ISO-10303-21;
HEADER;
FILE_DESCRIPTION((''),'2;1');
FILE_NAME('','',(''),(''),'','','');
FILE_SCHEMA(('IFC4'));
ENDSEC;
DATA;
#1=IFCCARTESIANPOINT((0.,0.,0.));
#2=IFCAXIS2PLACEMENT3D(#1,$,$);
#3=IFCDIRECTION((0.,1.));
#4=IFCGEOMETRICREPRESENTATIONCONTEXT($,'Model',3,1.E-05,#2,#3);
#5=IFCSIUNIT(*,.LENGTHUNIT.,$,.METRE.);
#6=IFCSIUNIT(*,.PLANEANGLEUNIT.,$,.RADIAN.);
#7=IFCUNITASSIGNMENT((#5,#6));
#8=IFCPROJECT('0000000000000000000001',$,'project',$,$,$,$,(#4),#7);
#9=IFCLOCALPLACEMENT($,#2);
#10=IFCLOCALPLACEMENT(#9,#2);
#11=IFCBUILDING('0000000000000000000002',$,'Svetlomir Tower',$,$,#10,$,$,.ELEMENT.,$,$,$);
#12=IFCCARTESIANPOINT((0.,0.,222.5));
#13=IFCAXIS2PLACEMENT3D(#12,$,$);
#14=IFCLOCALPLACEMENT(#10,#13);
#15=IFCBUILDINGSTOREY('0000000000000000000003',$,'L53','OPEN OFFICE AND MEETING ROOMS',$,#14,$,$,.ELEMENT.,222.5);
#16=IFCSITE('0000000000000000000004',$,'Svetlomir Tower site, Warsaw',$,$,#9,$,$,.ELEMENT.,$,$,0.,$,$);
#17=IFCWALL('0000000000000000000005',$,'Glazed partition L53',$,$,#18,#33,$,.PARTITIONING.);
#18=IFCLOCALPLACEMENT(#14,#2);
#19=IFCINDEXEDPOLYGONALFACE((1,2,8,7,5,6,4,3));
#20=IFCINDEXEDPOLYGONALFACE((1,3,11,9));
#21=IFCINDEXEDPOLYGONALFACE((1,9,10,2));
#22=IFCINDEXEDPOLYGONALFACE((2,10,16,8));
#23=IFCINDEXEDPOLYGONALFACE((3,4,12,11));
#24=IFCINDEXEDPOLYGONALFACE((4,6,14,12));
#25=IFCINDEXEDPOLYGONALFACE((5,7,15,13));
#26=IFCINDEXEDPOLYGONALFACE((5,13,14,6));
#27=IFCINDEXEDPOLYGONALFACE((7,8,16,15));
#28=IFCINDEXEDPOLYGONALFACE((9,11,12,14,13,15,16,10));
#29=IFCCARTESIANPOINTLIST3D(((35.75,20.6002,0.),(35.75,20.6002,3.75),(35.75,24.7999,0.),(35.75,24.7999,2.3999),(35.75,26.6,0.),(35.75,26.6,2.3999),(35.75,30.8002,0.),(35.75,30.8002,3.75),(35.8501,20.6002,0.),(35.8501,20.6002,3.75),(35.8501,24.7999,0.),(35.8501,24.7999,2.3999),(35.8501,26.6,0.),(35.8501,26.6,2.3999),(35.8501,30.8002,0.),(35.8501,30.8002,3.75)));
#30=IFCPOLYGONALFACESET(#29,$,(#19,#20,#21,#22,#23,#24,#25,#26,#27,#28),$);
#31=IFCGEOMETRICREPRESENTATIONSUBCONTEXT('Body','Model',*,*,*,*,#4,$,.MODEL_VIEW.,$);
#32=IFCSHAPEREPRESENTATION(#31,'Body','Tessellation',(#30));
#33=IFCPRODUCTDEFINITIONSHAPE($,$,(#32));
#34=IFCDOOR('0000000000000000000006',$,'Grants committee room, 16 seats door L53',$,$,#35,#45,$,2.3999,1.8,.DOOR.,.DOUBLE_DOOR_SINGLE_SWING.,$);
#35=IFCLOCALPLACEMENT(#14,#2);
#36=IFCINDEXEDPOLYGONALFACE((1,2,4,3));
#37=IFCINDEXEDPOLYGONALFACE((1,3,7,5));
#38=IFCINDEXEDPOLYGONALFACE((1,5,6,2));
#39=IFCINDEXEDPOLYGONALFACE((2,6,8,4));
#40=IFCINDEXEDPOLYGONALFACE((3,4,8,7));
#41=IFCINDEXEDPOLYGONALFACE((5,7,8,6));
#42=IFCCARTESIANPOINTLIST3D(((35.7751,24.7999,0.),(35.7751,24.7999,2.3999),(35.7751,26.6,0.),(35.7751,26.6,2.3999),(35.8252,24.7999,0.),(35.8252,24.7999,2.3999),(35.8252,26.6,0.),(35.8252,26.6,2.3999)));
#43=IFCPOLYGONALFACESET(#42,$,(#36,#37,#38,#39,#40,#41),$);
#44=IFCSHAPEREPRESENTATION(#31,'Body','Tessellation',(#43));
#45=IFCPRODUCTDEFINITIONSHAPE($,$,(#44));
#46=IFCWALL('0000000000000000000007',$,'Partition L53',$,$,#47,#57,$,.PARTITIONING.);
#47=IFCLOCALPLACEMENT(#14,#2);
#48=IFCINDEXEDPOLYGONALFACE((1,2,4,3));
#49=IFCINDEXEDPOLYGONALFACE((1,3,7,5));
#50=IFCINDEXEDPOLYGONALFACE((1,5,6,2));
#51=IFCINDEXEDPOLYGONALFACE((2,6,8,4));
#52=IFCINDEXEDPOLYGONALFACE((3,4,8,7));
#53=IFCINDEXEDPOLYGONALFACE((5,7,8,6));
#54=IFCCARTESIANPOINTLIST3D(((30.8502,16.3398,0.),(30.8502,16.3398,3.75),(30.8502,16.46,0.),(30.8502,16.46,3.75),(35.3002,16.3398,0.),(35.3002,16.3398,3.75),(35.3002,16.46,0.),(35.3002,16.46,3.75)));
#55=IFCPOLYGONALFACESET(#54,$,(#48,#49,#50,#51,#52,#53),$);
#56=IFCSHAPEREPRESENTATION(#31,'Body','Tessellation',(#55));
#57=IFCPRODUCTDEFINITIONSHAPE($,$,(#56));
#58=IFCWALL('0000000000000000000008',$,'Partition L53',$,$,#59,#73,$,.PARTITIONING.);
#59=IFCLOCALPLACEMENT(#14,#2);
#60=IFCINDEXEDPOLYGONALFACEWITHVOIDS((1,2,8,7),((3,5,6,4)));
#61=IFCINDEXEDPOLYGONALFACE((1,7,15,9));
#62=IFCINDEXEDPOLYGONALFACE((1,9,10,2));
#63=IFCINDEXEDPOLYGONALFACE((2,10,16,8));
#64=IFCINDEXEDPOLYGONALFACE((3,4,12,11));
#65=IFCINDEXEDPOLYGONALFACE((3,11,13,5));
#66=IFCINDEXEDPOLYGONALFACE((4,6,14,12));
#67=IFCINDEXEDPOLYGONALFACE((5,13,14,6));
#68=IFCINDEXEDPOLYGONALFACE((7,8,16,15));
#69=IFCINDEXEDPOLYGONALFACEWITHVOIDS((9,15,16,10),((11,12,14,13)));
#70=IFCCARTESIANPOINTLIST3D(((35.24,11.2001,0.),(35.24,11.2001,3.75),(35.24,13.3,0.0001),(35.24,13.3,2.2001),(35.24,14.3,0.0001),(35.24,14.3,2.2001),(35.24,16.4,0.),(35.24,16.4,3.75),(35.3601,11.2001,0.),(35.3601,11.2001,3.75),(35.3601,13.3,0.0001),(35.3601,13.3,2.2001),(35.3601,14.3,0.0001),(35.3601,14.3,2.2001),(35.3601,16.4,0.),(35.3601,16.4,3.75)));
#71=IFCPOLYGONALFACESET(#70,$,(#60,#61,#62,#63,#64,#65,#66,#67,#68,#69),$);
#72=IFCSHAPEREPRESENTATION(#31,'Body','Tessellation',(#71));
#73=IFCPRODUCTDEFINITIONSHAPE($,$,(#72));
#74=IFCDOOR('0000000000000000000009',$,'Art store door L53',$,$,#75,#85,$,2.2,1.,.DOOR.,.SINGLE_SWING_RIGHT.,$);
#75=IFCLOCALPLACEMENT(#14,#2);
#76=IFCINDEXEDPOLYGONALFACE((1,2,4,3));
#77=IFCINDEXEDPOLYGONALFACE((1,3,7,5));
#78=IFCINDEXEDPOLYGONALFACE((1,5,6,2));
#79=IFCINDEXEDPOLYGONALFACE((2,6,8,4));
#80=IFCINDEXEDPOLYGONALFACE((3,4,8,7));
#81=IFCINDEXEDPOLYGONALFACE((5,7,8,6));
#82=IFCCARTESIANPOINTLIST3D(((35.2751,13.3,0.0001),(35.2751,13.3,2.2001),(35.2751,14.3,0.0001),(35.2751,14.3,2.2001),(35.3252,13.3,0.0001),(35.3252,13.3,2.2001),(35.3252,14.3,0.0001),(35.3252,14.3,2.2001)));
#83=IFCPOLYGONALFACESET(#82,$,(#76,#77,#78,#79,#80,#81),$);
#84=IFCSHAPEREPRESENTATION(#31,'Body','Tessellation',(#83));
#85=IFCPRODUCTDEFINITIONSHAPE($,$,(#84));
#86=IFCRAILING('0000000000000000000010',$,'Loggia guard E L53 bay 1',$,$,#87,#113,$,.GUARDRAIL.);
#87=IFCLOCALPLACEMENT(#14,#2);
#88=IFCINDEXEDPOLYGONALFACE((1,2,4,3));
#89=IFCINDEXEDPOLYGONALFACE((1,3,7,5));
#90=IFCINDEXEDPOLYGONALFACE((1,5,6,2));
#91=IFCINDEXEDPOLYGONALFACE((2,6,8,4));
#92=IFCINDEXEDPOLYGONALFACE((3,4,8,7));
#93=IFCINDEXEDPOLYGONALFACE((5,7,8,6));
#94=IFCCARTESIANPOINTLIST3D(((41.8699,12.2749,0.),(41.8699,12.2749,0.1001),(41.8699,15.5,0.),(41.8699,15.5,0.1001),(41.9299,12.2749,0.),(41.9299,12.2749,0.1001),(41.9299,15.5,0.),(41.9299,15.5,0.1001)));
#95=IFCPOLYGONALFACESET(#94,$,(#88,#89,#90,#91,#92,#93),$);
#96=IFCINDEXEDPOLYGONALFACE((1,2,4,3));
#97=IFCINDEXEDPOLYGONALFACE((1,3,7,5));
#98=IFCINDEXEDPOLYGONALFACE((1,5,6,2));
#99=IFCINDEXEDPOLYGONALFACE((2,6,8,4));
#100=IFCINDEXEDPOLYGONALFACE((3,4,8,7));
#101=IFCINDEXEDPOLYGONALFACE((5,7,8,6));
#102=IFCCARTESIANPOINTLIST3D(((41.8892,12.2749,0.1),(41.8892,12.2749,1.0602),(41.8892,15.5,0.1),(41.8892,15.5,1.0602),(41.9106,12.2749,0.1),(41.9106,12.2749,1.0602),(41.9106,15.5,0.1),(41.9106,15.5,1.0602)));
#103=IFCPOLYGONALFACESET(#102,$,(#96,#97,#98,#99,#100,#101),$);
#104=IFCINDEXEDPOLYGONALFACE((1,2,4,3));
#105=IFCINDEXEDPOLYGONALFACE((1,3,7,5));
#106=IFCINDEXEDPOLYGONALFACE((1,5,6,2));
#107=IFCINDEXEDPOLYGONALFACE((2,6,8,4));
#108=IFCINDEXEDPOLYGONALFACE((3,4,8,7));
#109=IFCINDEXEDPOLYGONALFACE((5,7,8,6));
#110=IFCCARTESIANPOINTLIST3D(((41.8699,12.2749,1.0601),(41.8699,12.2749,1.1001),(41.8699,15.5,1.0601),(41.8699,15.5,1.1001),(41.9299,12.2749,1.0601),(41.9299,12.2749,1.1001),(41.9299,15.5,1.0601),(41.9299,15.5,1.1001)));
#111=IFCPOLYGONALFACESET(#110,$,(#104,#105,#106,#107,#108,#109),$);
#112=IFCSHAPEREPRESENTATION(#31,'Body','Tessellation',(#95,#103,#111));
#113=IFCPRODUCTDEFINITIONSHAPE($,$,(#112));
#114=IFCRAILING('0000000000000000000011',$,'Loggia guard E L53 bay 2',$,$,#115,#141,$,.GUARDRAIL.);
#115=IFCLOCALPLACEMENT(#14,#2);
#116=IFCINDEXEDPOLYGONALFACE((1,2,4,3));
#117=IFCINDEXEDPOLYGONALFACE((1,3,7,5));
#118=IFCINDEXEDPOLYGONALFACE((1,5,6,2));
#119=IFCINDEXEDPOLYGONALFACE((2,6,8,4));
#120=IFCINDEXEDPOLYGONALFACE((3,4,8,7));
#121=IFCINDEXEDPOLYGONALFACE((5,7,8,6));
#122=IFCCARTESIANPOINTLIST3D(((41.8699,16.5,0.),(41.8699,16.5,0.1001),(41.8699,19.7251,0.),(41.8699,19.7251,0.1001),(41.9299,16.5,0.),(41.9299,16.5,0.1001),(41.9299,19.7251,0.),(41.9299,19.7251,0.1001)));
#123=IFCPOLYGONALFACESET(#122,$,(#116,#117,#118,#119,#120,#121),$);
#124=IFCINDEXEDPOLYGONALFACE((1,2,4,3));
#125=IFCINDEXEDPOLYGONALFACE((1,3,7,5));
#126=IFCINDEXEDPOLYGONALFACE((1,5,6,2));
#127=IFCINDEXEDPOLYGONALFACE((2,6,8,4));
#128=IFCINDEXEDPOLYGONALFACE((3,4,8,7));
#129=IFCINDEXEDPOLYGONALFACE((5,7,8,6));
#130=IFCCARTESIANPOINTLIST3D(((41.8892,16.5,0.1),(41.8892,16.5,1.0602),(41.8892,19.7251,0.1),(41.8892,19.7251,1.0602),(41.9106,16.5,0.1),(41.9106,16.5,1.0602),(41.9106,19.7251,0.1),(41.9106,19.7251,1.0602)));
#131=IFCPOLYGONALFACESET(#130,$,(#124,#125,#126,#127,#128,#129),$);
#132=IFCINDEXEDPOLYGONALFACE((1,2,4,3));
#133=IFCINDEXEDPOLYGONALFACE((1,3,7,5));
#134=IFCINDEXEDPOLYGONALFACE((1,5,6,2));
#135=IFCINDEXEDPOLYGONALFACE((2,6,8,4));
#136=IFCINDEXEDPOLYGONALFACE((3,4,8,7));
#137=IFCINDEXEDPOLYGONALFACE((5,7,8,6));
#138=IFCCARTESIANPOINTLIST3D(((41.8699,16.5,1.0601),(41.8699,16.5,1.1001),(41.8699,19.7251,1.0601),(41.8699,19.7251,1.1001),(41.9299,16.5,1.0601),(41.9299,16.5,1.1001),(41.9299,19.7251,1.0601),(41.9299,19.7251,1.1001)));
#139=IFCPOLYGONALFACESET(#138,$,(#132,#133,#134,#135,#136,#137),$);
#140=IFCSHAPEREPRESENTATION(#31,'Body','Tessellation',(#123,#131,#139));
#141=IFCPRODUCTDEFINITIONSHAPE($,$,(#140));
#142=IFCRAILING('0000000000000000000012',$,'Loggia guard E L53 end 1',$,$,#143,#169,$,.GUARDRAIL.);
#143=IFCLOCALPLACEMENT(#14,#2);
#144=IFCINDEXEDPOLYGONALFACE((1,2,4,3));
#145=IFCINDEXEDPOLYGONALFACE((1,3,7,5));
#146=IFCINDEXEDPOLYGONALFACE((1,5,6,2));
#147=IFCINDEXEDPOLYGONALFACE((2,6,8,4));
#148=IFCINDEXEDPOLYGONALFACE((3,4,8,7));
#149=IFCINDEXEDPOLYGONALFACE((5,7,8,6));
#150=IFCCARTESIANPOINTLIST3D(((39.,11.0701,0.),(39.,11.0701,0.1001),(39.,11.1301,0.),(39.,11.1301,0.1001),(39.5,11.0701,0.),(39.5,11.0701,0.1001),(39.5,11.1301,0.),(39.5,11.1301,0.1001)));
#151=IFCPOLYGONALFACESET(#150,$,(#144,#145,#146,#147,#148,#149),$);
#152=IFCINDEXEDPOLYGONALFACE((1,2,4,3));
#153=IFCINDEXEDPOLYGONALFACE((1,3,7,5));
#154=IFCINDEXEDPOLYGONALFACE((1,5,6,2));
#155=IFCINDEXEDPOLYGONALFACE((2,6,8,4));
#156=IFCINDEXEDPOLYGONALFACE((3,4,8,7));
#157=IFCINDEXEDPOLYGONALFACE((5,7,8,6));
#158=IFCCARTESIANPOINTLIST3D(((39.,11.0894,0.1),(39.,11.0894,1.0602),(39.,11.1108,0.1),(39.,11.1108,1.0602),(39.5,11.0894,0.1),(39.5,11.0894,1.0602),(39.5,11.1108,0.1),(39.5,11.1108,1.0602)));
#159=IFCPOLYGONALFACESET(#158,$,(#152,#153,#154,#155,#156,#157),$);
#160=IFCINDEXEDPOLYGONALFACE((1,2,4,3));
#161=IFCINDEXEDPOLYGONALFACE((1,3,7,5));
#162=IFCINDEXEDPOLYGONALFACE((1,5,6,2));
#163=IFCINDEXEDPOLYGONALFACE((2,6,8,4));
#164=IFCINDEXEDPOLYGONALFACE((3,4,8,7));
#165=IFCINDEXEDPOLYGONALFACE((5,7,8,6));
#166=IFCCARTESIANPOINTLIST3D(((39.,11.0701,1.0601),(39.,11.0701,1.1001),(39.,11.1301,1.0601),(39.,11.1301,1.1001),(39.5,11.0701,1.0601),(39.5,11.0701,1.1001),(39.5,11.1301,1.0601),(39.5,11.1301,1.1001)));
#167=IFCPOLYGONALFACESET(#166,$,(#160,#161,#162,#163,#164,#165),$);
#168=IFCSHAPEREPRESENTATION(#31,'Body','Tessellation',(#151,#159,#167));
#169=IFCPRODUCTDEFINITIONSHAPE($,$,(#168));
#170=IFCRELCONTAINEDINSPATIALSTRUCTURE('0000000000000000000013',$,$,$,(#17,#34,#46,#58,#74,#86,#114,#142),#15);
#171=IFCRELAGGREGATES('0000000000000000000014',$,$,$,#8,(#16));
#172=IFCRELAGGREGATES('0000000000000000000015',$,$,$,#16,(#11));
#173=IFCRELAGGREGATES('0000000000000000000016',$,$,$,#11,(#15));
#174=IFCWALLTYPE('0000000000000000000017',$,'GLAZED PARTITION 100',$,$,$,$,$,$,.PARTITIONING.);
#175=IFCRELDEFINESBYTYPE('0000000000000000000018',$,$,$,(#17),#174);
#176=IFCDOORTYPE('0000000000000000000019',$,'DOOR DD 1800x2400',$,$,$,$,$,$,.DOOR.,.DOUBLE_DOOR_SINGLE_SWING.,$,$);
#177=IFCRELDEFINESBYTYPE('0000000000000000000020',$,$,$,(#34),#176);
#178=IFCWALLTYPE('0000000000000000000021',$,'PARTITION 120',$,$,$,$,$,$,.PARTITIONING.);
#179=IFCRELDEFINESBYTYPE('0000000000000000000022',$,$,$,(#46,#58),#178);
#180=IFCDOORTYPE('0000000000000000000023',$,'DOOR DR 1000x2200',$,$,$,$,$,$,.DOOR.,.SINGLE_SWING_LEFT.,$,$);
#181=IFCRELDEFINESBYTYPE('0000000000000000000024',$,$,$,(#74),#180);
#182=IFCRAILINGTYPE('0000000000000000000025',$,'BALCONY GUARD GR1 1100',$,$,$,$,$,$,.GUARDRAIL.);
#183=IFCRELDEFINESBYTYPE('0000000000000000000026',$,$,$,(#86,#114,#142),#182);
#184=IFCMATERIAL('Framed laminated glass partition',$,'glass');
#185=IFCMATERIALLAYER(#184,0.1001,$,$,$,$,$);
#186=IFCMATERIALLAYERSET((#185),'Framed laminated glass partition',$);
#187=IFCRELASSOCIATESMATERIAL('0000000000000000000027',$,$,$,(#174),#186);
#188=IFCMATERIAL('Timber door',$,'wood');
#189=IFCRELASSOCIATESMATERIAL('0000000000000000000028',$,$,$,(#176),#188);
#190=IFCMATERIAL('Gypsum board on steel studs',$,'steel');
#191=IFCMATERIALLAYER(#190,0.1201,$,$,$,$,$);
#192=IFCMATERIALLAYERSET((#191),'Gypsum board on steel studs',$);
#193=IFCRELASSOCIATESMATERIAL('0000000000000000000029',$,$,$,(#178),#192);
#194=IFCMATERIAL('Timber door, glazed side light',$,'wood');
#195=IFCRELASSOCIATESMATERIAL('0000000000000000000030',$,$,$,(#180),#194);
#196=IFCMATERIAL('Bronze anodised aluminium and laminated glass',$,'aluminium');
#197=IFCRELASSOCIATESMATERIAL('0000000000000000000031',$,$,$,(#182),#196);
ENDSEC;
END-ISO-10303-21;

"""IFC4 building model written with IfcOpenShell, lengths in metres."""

from ifc_helpers import new_model, si_unit, direction, frame, frame_2d, origin, origin_2d, place, context, subcontext, project, spatial, rectangle, extrude, material, layer, layer_set, type_object, element, fill, save


model = new_model("IFC4")

# Units and contexts
model_context = context("Model", 3, precision=1e-05, world=origin(), true_north=direction((0.0, 1.0)))
body_context = subcontext(model_context, "Body", "Model", "MODEL_VIEW")
ifc_project = project(units=[si_unit("LENGTHUNIT", "METRE"), si_unit("PLANEANGLEUNIT", "RADIAN")], contexts=[model_context])

# Site, building, storey
site_placement = place(None, origin())
site = spatial("IfcSite", under=ifc_project, at=site_placement, Name="Svetlomir Tower site, Warsaw", CompositionType="ELEMENT", RefElevation=0.0)
building_placement = place(site_placement, origin())
building = spatial("IfcBuilding", under=site, at=building_placement, Name="Svetlomir Tower", CompositionType="ELEMENT")
storey_placement = place(building_placement, frame((0.0, 0.0, 222.5)))
storey = spatial("IfcBuildingStorey", under=building, at=storey_placement, Name="L53", Description="OPEN OFFICE AND MEETING ROOMS", CompositionType="ELEMENT", Elevation=222.5)

# Shared definitions
ifc_material_1 = material(Name="Framed laminated glass partition", Category="glass")
ifc_layer_1 = layer(ifc_material_1, 0.1001)
ifc_layer_set_1 = layer_set([ifc_layer_1], Name="Framed laminated glass partition")
wall_type_1 = type_object("IfcWallType", Name="GLAZED PARTITION 100", PredefinedType="PARTITIONING", material=ifc_layer_set_1)

# Wall, opening, door
wall_1_placement = place(storey_placement, frame((35.8, 20.6001, 0.0), z_axis=(0.0, 0.0, 1.0), x_axis=(0.0, 1.0, 0.0)))
wall_1 = element("IfcWall", 1, at=wall_1_placement, inside=storey, type_object=wall_type_1, Name="Glazed partition L53", PredefinedType="PARTITIONING", context=body_context, shape_type="SweptSolid", body=[
    extrude(rectangle(XDim=10.2, YDim=0.1001, at=frame_2d((5.1001, 0.0))), origin(), (0.0, 0.0, 1.0), 3.75),
])
opening_1_placement = place(wall_1_placement, frame((4.2, 0.0, 0.0)))
opening_1 = element("IfcOpeningElement", 2, at=opening_1_placement, cuts=wall_1, PredefinedType="OPENING", context=body_context, shape_type="SweptSolid", body=[
    extrude(rectangle(XDim=1.8, YDim=2.3999, at=frame_2d((0.8999, 1.2))), frame((0.0, 0.0601, 0.0), z_axis=(0.0, -1.0, 0.0), x_axis=(1.0, 0.0, 0.0)), (0.0, 0.0, 1.0), 0.1201),
])
ifc_material_2 = material(Name="Timber door", Category="wood")
door_type_1 = type_object("IfcDoorType", Name="DOOR DD 1800x2400", OperationType="DOUBLE_DOOR_SINGLE_SWING", PredefinedType="DOOR", material=ifc_material_2)
door_1_placement = place(opening_1_placement, origin())
door_1 = element("IfcDoor", 3, at=door_1_placement, inside=storey, type_object=door_type_1, Name="Grants committee room, 16 seats door L53", OperationType="DOUBLE_DOOR_SINGLE_SWING", OverallHeight=2.3999, OverallWidth=1.8, PredefinedType="DOOR", context=body_context, shape_type="SweptSolid", body=[
    extrude(rectangle(XDim=1.8, YDim=2.3999, at=frame_2d((0.8999, 1.2))), frame((0.0, 0.0249, 0.0), z_axis=(0.0, -1.0, 0.0), x_axis=(1.0, 0.0, 0.0)), (0.0, 0.0, 1.0), 0.05),
])
fill(opening_1, door_1)

# Wall
ifc_material_3 = material(Name="Gypsum board on steel studs", Category="steel")
ifc_layer_2 = layer(ifc_material_3, 0.1201)
ifc_layer_set_2 = layer_set([ifc_layer_2], Name="Gypsum board on steel studs")
wall_type_2 = type_object("IfcWallType", Name="PARTITION 120", PredefinedType="PARTITIONING", material=ifc_layer_set_2)
wall_2_placement = place(storey_placement, frame((30.8501, 16.3999, 0.0), z_axis=(0.0, 0.0, 1.0), x_axis=(1.0, 0.0, 0.0)))
element("IfcWall", 4, at=wall_2_placement, inside=storey, type_object=wall_type_2, Name="Partition L53", PredefinedType="PARTITIONING", context=body_context, shape_type="SweptSolid", body=[
    extrude(rectangle(XDim=4.45, YDim=0.1201, at=frame_2d((2.2251, 0.0))), origin(), (0.0, 0.0, 1.0), 3.75),
])

# Wall, opening, door
wall_3_placement = place(storey_placement, frame((35.3, 11.2, 0.0), z_axis=(0.0, 0.0, 1.0), x_axis=(0.0, 1.0, 0.0)))
wall_3 = element("IfcWall", 5, at=wall_3_placement, inside=storey, type_object=wall_type_2, Name="Partition L53", PredefinedType="PARTITIONING", context=body_context, shape_type="SweptSolid", body=[
    extrude(rectangle(XDim=5.2, YDim=0.1201, at=frame_2d((2.6001, 0.0))), origin(), (0.0, 0.0, 1.0), 3.75),
])
opening_2_placement = place(wall_3_placement, frame((2.1001, 0.0, 0.0)))
opening_2 = element("IfcOpeningElement", 6, at=opening_2_placement, cuts=wall_3, PredefinedType="OPENING", context=body_context, shape_type="SweptSolid", body=[
    extrude(rectangle(XDim=1.0, YDim=2.2, at=frame_2d((0.5, 1.1001))), frame((0.0, 0.0701, 0.0), z_axis=(0.0, -1.0, 0.0), x_axis=(1.0, 0.0, 0.0)), (0.0, 0.0, 1.0), 0.1401),
])
ifc_material_4 = material(Name="Timber door, glazed side light", Category="wood")
door_type_2 = type_object("IfcDoorType", Name="DOOR DR 1000x2200", OperationType="SINGLE_SWING_LEFT", PredefinedType="DOOR", material=ifc_material_4)
door_2_placement = place(opening_2_placement, origin())
door_2 = element("IfcDoor", 7, at=door_2_placement, inside=storey, type_object=door_type_2, Name="Art store door L53", OperationType="SINGLE_SWING_RIGHT", OverallHeight=2.2, OverallWidth=1.0, PredefinedType="DOOR", context=body_context, shape_type="SweptSolid", body=[
    extrude(rectangle(XDim=1.0, YDim=2.2, at=frame_2d((0.5, 1.1001))), frame((0.0, 0.0249, 0.0), z_axis=(0.0, -1.0, 0.0), x_axis=(1.0, 0.0, 0.0)), (0.0, 0.0, 1.0), 0.05),
])
fill(opening_2, door_2)

# Railings
ifc_material_5 = material(Name="Bronze anodised aluminium and laminated glass", Category="aluminium")
railing_type = type_object("IfcRailingType", Name="BALCONY GUARD GR1 1100", PredefinedType="GUARDRAIL", material=ifc_material_5)
for number, where, name in (
    (8, (41.8999, 12.2749, 0.0), "Loggia guard E L53 bay 1"),
    (9, (41.8999, 16.5, 0.0), "Loggia guard E L53 bay 2"),
):
    element("IfcRailing", number, at=place(storey_placement, frame(where)), inside=storey, type_object=railing_type, Name=name, PredefinedType="GUARDRAIL", context=body_context, shape_type="SweptSolid", body=[
        extrude(rectangle(XDim=0.0601, YDim=0.1001, at=origin_2d()), frame((0.0, 0.0, 0.05), z_axis=(0.0, 1.0, 0.0), x_axis=(-1.0, 0.0, 0.0)), (0.0, 0.0, 1.0), 3.2251),
        extrude(rectangle(XDim=0.0215, YDim=0.9602, at=origin_2d()), frame((0.0, 0.0, 0.5801), z_axis=(0.0, 1.0, 0.0), x_axis=(-1.0, 0.0, 0.0)), (0.0, 0.0, 1.0), 3.2251),
        extrude(rectangle(XDim=0.0601, YDim=0.04, at=origin_2d()), frame((0.0, 0.0, 1.0801), z_axis=(0.0, 1.0, 0.0), x_axis=(-1.0, 0.0, 0.0)), (0.0, 0.0, 1.0), 3.2251),
    ])
railing_placement = place(storey_placement, frame((39.5, 11.1001, 0.0)))
element("IfcRailing", 10, at=railing_placement, inside=storey, type_object=railing_type, Name="Loggia guard E L53 end 1", PredefinedType="GUARDRAIL", context=body_context, shape_type="SweptSolid", body=[
    extrude(rectangle(XDim=0.0601, YDim=0.1001, at=origin_2d()), frame((0.0, 0.0, 0.05), z_axis=(-1.0, 0.0, 0.0), x_axis=(0.0, -1.0, 0.0)), (0.0, 0.0, 1.0), 0.5),
    extrude(rectangle(XDim=0.0215, YDim=0.9602, at=origin_2d()), frame((0.0, 0.0, 0.5801), z_axis=(-1.0, 0.0, 0.0), x_axis=(0.0, -1.0, 0.0)), (0.0, 0.0, 1.0), 0.5),
    extrude(rectangle(XDim=0.0601, YDim=0.04, at=origin_2d()), frame((0.0, 0.0, 1.0801), z_axis=(-1.0, 0.0, 0.0), x_axis=(0.0, -1.0, 0.0)), (0.0, 0.0, 1.0), 0.5),
])

save(model, "model.ifc")
